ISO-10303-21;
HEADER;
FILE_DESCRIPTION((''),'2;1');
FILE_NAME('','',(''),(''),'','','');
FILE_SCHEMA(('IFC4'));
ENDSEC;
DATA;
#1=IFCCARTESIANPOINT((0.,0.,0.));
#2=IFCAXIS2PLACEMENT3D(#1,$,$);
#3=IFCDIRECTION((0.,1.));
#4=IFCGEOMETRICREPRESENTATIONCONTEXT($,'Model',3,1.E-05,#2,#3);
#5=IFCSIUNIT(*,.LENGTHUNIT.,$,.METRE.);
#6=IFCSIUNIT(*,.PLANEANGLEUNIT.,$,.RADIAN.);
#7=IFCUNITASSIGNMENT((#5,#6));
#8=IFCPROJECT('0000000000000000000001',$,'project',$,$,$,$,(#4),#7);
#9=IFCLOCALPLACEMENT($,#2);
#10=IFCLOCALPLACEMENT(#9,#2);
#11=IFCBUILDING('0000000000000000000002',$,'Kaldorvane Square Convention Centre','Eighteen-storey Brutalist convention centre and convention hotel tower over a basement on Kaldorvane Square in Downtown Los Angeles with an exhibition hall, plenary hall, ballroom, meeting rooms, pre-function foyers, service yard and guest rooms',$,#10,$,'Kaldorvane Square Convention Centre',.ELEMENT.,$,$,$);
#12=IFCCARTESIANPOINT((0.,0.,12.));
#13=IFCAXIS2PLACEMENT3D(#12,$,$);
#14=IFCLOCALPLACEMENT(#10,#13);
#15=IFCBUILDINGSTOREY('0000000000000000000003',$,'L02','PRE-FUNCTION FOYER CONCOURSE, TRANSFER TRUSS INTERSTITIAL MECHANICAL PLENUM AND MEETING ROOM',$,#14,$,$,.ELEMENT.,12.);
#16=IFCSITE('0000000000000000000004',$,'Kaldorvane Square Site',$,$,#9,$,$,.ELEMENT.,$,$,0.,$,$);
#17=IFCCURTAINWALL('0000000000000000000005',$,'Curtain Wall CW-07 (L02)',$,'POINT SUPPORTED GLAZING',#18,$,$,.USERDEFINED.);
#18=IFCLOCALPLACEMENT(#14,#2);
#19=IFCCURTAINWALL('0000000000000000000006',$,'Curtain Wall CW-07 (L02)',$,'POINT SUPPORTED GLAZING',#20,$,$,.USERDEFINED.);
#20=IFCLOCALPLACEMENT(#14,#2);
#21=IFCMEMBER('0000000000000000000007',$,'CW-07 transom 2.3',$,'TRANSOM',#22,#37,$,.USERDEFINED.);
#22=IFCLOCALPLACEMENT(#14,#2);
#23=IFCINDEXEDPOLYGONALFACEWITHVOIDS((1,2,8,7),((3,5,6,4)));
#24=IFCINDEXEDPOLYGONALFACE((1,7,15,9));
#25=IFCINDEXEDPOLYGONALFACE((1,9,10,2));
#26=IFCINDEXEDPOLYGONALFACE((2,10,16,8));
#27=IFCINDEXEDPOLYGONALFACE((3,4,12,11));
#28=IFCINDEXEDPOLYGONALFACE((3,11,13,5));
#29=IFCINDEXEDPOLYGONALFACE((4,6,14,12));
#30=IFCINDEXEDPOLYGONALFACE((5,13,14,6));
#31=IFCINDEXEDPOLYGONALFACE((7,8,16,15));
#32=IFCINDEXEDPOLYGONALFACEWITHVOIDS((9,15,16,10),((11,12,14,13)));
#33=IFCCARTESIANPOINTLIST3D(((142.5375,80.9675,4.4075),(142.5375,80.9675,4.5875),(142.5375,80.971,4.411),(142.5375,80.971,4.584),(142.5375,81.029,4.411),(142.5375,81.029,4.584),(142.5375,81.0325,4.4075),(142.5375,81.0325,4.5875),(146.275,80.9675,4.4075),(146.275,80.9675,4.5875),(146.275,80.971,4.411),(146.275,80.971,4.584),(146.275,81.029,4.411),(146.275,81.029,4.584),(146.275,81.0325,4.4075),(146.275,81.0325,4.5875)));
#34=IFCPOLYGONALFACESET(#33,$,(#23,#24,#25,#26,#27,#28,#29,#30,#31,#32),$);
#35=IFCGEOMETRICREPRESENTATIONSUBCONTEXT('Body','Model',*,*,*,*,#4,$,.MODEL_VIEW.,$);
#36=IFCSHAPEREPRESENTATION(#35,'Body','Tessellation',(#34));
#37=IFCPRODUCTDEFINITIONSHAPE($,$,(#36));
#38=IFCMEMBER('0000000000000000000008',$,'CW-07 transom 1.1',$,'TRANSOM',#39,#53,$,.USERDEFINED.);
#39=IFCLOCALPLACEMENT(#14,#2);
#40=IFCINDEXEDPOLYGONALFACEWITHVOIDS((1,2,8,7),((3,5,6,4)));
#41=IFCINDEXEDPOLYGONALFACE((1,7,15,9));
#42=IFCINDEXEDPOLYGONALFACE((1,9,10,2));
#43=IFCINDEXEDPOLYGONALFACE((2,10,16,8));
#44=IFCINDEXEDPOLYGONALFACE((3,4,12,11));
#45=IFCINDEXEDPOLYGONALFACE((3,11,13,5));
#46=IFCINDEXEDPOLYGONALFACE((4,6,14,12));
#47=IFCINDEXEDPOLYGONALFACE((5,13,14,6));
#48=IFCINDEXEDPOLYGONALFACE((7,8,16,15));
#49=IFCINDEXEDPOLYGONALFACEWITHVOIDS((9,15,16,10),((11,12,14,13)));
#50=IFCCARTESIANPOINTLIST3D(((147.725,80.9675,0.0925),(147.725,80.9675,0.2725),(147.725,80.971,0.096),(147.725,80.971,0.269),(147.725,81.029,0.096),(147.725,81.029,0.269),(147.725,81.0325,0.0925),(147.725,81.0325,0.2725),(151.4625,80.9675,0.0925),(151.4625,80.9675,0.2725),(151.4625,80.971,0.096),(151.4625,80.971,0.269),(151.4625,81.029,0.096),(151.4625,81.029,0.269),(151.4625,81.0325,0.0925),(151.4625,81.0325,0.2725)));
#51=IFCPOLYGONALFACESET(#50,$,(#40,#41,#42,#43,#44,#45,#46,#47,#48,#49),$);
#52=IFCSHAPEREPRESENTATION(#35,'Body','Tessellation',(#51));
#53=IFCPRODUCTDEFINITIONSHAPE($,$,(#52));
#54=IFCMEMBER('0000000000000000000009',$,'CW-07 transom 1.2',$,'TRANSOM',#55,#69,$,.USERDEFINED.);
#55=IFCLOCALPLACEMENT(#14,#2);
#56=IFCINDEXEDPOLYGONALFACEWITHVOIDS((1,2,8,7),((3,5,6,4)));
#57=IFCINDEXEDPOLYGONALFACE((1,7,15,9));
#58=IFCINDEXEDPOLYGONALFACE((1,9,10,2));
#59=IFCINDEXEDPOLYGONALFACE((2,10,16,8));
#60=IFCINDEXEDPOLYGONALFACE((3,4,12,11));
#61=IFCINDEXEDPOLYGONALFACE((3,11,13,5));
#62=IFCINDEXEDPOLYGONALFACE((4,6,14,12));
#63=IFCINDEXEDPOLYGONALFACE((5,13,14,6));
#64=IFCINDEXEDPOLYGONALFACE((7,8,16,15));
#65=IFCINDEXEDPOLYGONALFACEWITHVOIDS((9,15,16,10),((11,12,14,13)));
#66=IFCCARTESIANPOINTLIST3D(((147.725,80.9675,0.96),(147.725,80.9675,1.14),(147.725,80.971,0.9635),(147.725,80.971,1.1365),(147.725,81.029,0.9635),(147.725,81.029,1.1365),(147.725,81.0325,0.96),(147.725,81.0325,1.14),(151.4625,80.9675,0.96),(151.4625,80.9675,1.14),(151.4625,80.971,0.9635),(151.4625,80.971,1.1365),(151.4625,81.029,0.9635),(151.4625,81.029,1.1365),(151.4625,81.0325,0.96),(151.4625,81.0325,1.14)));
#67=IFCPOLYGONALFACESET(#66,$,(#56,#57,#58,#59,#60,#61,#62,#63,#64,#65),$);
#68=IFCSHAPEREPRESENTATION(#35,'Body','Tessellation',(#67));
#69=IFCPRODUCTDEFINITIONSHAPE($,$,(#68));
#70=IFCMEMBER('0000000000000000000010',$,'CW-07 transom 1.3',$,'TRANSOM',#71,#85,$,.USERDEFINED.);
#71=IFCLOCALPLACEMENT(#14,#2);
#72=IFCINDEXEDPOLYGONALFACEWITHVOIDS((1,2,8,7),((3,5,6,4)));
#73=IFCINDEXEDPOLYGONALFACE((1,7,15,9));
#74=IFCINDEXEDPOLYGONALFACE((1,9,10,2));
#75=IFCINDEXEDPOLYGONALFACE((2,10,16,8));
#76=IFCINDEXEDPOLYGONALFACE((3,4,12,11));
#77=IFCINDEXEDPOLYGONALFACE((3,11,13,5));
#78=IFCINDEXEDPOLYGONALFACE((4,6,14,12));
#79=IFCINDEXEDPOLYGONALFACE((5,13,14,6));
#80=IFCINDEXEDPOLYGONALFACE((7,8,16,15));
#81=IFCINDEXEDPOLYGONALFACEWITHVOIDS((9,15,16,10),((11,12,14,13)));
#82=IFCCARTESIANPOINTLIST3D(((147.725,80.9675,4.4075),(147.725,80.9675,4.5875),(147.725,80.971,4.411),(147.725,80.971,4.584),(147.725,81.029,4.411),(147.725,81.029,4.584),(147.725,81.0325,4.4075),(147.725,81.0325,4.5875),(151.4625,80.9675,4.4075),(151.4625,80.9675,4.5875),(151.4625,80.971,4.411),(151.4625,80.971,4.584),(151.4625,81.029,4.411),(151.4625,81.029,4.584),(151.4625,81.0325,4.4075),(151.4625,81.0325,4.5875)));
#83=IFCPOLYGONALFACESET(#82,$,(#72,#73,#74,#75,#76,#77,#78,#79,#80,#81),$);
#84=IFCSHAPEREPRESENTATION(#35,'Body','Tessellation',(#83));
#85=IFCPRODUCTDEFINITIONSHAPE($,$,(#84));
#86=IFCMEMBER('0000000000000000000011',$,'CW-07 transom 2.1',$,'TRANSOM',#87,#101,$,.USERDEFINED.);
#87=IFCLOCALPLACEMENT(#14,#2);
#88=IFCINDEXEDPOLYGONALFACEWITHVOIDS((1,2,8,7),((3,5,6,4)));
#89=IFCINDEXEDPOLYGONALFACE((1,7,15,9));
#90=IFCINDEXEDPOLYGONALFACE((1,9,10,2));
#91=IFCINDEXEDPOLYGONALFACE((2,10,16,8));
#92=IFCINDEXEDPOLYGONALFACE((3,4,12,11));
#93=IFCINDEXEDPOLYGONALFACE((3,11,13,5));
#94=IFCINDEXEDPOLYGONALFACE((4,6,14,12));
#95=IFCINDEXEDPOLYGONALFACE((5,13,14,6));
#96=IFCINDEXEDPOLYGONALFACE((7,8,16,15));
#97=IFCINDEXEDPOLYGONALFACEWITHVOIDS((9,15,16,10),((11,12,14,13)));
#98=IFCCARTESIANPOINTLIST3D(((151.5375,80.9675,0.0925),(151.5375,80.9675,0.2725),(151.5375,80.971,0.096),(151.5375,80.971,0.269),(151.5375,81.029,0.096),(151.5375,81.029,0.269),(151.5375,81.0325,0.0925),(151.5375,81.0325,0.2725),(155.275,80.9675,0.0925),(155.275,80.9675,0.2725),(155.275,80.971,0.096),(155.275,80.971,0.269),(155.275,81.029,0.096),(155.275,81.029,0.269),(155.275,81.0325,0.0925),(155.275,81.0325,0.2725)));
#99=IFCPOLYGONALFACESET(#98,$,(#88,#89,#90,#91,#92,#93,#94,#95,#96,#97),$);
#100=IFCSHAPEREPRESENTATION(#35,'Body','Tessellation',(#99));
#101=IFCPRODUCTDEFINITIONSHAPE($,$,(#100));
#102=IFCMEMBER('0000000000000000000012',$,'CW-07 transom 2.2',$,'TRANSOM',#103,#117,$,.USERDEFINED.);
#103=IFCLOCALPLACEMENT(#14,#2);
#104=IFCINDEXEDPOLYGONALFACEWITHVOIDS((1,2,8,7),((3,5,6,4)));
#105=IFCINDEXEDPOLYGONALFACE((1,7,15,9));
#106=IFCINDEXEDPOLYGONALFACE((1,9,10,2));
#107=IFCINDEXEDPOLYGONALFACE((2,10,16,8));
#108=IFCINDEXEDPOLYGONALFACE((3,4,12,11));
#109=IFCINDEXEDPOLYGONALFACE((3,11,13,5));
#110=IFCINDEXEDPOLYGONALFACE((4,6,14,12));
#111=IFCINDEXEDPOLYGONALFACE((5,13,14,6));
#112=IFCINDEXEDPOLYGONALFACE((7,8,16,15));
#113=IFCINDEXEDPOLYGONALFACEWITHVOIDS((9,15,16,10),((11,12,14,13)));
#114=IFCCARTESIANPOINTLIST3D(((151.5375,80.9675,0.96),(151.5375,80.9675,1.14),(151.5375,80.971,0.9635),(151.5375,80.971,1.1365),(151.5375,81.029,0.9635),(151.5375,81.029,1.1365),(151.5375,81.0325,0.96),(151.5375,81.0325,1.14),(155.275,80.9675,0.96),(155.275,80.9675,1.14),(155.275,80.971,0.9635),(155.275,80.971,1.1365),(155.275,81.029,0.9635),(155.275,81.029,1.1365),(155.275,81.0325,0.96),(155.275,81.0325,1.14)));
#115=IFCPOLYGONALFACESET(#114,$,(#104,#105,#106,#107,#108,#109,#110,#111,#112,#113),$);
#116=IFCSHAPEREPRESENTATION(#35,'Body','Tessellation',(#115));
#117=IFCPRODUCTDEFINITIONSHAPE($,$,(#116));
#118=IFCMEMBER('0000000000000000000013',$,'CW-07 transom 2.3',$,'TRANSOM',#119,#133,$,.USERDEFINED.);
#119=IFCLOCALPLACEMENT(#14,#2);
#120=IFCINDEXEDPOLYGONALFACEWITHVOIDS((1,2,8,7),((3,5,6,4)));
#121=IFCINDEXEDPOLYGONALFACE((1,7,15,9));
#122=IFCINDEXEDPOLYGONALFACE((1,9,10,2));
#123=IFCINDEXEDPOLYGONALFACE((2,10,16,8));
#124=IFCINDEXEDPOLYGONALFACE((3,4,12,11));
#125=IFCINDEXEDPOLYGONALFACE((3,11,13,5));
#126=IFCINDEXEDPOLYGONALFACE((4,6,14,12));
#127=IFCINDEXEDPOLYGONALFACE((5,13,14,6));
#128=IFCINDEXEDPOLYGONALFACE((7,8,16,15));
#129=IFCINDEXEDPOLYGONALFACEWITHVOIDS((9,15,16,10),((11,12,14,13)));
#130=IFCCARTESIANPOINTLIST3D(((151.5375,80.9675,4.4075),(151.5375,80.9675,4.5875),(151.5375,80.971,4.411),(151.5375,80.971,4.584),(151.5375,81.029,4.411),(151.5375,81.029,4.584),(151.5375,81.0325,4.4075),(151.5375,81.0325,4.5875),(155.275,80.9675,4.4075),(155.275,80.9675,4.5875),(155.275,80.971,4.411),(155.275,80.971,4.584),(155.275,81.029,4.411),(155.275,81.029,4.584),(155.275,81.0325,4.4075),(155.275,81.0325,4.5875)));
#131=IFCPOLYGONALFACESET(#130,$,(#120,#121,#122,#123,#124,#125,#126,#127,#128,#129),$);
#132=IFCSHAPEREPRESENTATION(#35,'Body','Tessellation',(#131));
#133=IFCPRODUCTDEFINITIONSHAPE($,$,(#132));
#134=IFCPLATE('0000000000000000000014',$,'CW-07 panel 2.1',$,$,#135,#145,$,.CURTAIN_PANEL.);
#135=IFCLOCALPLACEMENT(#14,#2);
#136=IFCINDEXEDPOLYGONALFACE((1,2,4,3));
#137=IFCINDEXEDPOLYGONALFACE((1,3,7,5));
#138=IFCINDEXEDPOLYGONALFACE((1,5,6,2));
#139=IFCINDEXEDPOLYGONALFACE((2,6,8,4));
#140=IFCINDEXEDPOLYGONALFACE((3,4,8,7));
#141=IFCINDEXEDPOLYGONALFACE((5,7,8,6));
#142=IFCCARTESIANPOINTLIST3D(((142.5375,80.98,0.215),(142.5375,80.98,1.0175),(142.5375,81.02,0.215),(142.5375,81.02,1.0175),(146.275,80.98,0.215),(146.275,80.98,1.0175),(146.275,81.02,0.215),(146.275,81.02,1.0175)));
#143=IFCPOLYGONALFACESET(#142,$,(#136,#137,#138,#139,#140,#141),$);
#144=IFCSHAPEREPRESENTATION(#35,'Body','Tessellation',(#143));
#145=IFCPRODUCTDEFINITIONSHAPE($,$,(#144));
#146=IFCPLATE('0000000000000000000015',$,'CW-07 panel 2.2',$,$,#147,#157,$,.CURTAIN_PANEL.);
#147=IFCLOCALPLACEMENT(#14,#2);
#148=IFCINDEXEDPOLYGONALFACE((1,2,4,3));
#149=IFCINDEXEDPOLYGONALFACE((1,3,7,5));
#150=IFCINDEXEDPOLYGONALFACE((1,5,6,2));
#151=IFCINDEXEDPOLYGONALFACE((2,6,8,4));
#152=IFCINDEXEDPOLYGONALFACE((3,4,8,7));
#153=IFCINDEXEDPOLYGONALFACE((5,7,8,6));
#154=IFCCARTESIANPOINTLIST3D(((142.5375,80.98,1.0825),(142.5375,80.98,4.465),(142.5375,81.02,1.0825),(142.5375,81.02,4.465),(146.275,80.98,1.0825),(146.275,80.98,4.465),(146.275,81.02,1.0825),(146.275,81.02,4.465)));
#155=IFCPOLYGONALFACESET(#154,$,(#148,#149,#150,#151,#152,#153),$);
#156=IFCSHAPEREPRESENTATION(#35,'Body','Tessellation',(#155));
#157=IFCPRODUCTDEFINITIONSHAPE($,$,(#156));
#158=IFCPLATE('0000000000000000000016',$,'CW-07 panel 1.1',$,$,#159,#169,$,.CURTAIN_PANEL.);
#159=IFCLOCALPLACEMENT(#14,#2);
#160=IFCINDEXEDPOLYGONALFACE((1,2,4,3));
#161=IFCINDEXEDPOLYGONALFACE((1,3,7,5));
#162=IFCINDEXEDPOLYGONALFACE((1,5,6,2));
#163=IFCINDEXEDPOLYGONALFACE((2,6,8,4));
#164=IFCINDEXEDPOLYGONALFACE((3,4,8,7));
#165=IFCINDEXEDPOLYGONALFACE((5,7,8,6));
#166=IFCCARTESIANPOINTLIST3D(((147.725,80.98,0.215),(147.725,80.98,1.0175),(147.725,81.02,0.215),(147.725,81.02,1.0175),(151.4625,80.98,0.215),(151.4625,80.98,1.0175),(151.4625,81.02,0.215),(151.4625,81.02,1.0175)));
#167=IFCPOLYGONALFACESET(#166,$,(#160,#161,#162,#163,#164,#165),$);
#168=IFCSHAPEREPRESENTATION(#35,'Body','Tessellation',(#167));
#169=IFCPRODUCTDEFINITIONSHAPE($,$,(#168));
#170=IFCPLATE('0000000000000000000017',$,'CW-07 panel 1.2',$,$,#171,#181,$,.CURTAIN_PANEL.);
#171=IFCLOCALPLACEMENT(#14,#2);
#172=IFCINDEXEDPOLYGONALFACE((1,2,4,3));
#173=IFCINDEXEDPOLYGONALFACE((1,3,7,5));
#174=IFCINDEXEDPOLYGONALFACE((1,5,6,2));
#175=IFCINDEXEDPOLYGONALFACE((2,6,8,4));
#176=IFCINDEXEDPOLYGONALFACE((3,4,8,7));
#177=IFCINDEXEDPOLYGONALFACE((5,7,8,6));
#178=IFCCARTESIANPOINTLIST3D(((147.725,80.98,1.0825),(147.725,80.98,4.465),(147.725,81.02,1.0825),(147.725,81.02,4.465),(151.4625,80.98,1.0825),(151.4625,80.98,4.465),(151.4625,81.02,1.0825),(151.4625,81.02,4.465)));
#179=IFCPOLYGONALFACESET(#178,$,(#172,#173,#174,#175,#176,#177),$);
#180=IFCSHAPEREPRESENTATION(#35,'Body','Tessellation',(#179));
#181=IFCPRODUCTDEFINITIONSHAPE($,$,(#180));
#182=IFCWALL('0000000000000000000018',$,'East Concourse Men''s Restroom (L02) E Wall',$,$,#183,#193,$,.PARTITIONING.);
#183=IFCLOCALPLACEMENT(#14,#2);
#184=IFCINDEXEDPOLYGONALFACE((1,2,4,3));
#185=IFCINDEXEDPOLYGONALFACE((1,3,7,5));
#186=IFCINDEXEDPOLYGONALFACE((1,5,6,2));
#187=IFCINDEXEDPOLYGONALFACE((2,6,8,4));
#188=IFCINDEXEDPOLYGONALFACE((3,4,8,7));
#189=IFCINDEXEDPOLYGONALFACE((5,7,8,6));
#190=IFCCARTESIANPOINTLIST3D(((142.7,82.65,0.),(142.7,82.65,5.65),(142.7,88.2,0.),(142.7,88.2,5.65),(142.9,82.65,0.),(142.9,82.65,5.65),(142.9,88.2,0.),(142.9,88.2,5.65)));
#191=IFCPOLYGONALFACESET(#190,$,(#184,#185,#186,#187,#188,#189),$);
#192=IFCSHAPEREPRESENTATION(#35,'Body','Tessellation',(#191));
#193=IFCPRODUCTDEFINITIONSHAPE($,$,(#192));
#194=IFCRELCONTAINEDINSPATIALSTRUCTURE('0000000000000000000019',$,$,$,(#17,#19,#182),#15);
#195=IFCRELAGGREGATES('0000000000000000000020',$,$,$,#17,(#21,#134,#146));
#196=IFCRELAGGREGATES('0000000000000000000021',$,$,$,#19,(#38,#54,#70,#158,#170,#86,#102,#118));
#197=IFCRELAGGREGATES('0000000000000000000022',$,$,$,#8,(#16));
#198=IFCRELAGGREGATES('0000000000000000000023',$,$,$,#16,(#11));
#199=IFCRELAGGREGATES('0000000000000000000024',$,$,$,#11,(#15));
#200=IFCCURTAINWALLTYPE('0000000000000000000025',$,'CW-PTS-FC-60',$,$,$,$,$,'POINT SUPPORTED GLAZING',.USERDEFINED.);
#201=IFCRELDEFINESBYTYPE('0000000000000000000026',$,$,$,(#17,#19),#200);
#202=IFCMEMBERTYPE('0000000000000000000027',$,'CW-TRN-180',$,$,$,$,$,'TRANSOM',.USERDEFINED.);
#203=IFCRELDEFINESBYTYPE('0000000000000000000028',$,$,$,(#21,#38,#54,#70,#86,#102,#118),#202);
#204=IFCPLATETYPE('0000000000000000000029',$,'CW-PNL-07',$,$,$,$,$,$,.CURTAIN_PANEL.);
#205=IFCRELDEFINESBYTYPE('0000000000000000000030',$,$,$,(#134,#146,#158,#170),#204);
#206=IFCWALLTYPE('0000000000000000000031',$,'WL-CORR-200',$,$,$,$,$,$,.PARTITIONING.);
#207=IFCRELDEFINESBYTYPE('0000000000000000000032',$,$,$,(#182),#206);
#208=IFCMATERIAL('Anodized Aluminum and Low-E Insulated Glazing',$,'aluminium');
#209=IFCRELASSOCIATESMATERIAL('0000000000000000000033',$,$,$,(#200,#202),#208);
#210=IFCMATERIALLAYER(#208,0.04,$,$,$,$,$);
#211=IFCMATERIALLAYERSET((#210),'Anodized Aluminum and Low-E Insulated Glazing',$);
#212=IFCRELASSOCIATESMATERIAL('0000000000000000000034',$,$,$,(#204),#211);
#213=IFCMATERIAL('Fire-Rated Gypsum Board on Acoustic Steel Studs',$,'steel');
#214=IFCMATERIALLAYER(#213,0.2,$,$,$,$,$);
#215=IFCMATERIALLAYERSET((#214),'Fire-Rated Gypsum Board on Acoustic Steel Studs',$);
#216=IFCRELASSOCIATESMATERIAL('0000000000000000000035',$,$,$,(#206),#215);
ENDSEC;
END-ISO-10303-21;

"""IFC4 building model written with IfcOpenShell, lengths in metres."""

from ifc_helpers import new_model, si_unit, direction, frame, frame_2d, origin, origin_2d, place, context, subcontext, project, spatial, rectangle, hollow_rectangle, extrude, material, layer, layer_set, material_profile, profile_set, type_object, element, aggregate, save


model = new_model("IFC4")

# Units and contexts
model_context = context("Model", 3, precision=1e-05, world=origin(), true_north=direction((0.0, 1.0)))
body_context = subcontext(model_context, "Body", "Model", "MODEL_VIEW")
ifc_project = project(units=[si_unit("LENGTHUNIT", "METRE"), si_unit("PLANEANGLEUNIT", "RADIAN")], contexts=[model_context])

# Site, building, storey
site_placement = place(None, origin())
site = spatial("IfcSite", under=ifc_project, at=site_placement, Name="Kaldorvane Square Site", CompositionType="ELEMENT", RefElevation=0.0)
building_placement = place(site_placement, origin())
building = spatial("IfcBuilding", under=site, at=building_placement, Name="Kaldorvane Square Convention Centre", Description="Eighteen-storey Brutalist convention centre and convention hotel tower over a basement on Kaldorvane Square in Downtown Los Angeles with an exhibition hall, plenary hall, ballroom, meeting rooms, pre-function foyers, service yard and guest rooms", LongName="Kaldorvane Square Convention Centre", CompositionType="ELEMENT")
storey_placement = place(building_placement, frame((0.0, 0.0, 12.0)))
storey = spatial("IfcBuildingStorey", under=building, at=storey_placement, Name="L02", Description="PRE-FUNCTION FOYER CONCOURSE, TRANSFER TRUSS INTERSTITIAL MECHANICAL PLENUM AND MEETING ROOM", CompositionType="ELEMENT", Elevation=12.0)

# Curtain wall
ifc_material_1 = material(Name="Anodized Aluminum and Low-E Insulated Glazing", Category="aluminium")
curtain_wall_type = type_object("IfcCurtainWallType", Name="CW-PTS-FC-60", ElementType="POINT SUPPORTED GLAZING", PredefinedType="USERDEFINED", material=ifc_material_1)
curtain_wall_1_placement = place(storey_placement, origin())
curtain_wall_1 = element("IfcCurtainWall", 1, at=curtain_wall_1_placement, inside=storey, type_object=curtain_wall_type, Name="Curtain Wall CW-07 (L02)", ObjectType="POINT SUPPORTED GLAZING", PredefinedType="USERDEFINED")

# Curtain wall
curtain_wall_2_placement = place(storey_placement, origin())
curtain_wall_2 = element("IfcCurtainWall", 2, at=curtain_wall_2_placement, inside=storey, type_object=curtain_wall_type, Name="Curtain Wall CW-07 (L02)", ObjectType="POINT SUPPORTED GLAZING", PredefinedType="USERDEFINED")

# Members
ifc_material_profile_1 = material_profile(ifc_material_1, hollow_rectangle(XDim=0.065, YDim=0.18, WallThickness=0.0035, at=origin_2d()), Name="CWT-180X65")
ifc_profile_set_1 = profile_set([ifc_material_profile_1], Name="Anodized Aluminum and Low-E Insulated Glazing")
member_type_1 = type_object("IfcMemberType", Name="CW-TRN-180", ElementType="TRANSOM", PredefinedType="USERDEFINED", material=ifc_profile_set_1)
member_1_placement = place(storey_placement, frame((142.5375, 81.0, 4.4975), z_axis=(1.0, 0.0, 0.0), x_axis=(0.0, 1.0, 0.0)))
member_1 = element("IfcMember", 3, at=member_1_placement, type_object=member_type_1, Name="CW-07 transom 2.3", ObjectType="TRANSOM", PredefinedType="USERDEFINED", context=body_context, shape_type="SweptSolid", body=[
    extrude(hollow_rectangle(XDim=0.065, YDim=0.18, WallThickness=0.0035, at=origin_2d()), origin(), (0.0, 0.0, 1.0), 3.7375),
])
member_2_placement = place(storey_placement, frame((147.725, 81.0, 0.1825), z_axis=(1.0, 0.0, 0.0), x_axis=(0.0, 1.0, 0.0)))
member_2 = element("IfcMember", 4, at=member_2_placement, type_object=member_type_1, Name="CW-07 transom 1.1", ObjectType="TRANSOM", PredefinedType="USERDEFINED", context=body_context, shape_type="SweptSolid", body=[
    extrude(hollow_rectangle(XDim=0.065, YDim=0.18, WallThickness=0.0035, at=origin_2d()), origin(), (0.0, 0.0, 1.0), 3.7375),
])
member_3_placement = place(storey_placement, frame((147.725, 81.0, 1.05), z_axis=(1.0, 0.0, 0.0), x_axis=(0.0, 1.0, 0.0)))
member_3 = element("IfcMember", 5, at=member_3_placement, type_object=member_type_1, Name="CW-07 transom 1.2", ObjectType="TRANSOM", PredefinedType="USERDEFINED", context=body_context, shape_type="SweptSolid", body=[
    extrude(hollow_rectangle(XDim=0.065, YDim=0.18, WallThickness=0.0035, at=origin_2d()), origin(), (0.0, 0.0, 1.0), 3.7375),
])
member_4_placement = place(storey_placement, frame((147.725, 81.0, 4.4975), z_axis=(1.0, 0.0, 0.0), x_axis=(0.0, 1.0, 0.0)))
member_4 = element("IfcMember", 6, at=member_4_placement, type_object=member_type_1, Name="CW-07 transom 1.3", ObjectType="TRANSOM", PredefinedType="USERDEFINED", context=body_context, shape_type="SweptSolid", body=[
    extrude(hollow_rectangle(XDim=0.065, YDim=0.18, WallThickness=0.0035, at=origin_2d()), origin(), (0.0, 0.0, 1.0), 3.7375),
])
member_5_placement = place(storey_placement, frame((151.5375, 81.0, 0.1825), z_axis=(1.0, 0.0, 0.0), x_axis=(0.0, 1.0, 0.0)))
member_5 = element("IfcMember", 7, at=member_5_placement, type_object=member_type_1, Name="CW-07 transom 2.1", ObjectType="TRANSOM", PredefinedType="USERDEFINED", context=body_context, shape_type="SweptSolid", body=[
    extrude(hollow_rectangle(XDim=0.065, YDim=0.18, WallThickness=0.0035, at=origin_2d()), origin(), (0.0, 0.0, 1.0), 3.7375),
])
member_6_placement = place(storey_placement, frame((151.5375, 81.0, 1.05), z_axis=(1.0, 0.0, 0.0), x_axis=(0.0, 1.0, 0.0)))
member_6 = element("IfcMember", 8, at=member_6_placement, type_object=member_type_1, Name="CW-07 transom 2.2", ObjectType="TRANSOM", PredefinedType="USERDEFINED", context=body_context, shape_type="SweptSolid", body=[
    extrude(hollow_rectangle(XDim=0.065, YDim=0.18, WallThickness=0.0035, at=origin_2d()), origin(), (0.0, 0.0, 1.0), 3.7375),
])
member_7_placement = place(storey_placement, frame((151.5375, 81.0, 4.4975), z_axis=(1.0, 0.0, 0.0), x_axis=(0.0, 1.0, 0.0)))
member_7 = element("IfcMember", 9, at=member_7_placement, type_object=member_type_1, Name="CW-07 transom 2.3", ObjectType="TRANSOM", PredefinedType="USERDEFINED", context=body_context, shape_type="SweptSolid", body=[
    extrude(hollow_rectangle(XDim=0.065, YDim=0.18, WallThickness=0.0035, at=origin_2d()), origin(), (0.0, 0.0, 1.0), 3.7375),
])

# Plates
ifc_layer_1 = layer(ifc_material_1, 0.04)
ifc_layer_set_1 = layer_set([ifc_layer_1], Name="Anodized Aluminum and Low-E Insulated Glazing")
plate_type = type_object("IfcPlateType", Name="CW-PNL-07", PredefinedType="CURTAIN_PANEL", material=ifc_layer_set_1)
plate_1_placement = place(storey_placement, frame((144.4062, 81.0, 0.215), z_axis=(0.0, 0.0, 1.0), x_axis=(1.0, 0.0, 0.0)))
plate_1 = element("IfcPlate", 10, at=plate_1_placement, type_object=plate_type, Name="CW-07 panel 2.1", PredefinedType="CURTAIN_PANEL", context=body_context, shape_type="SweptSolid", body=[
    extrude(rectangle(XDim=3.7375, YDim=0.04, at=origin_2d()), origin(), (0.0, 0.0, 1.0), 0.8025),
])
plate_2_placement = place(storey_placement, frame((144.4062, 81.0, 1.0825), z_axis=(0.0, 0.0, 1.0), x_axis=(1.0, 0.0, 0.0)))
plate_2 = element("IfcPlate", 11, at=plate_2_placement, type_object=plate_type, Name="CW-07 panel 2.2", PredefinedType="CURTAIN_PANEL", context=body_context, shape_type="SweptSolid", body=[
    extrude(rectangle(XDim=3.7375, YDim=0.04, at=origin_2d()), origin(), (0.0, 0.0, 1.0), 3.3825),
])
aggregate(curtain_wall_1, [member_1, plate_1, plate_2])
plate_3_placement = place(storey_placement, frame((149.5938, 81.0, 0.215), z_axis=(0.0, 0.0, 1.0), x_axis=(1.0, 0.0, 0.0)))
plate_3 = element("IfcPlate", 12, at=plate_3_placement, type_object=plate_type, Name="CW-07 panel 1.1", PredefinedType="CURTAIN_PANEL", context=body_context, shape_type="SweptSolid", body=[
    extrude(rectangle(XDim=3.7375, YDim=0.04, at=origin_2d()), origin(), (0.0, 0.0, 1.0), 0.8025),
])
plate_4_placement = place(storey_placement, frame((149.5938, 81.0, 1.0825), z_axis=(0.0, 0.0, 1.0), x_axis=(1.0, 0.0, 0.0)))
plate_4 = element("IfcPlate", 13, at=plate_4_placement, type_object=plate_type, Name="CW-07 panel 1.2", PredefinedType="CURTAIN_PANEL", context=body_context, shape_type="SweptSolid", body=[
    extrude(rectangle(XDim=3.7375, YDim=0.04, at=origin_2d()), origin(), (0.0, 0.0, 1.0), 3.3825),
])
aggregate(curtain_wall_2, [member_2, member_3, member_4, plate_3, plate_4, member_5, member_6, member_7])

# Wall
ifc_material_2 = material(Name="Fire-Rated Gypsum Board on Acoustic Steel Studs", Category="steel")
ifc_layer_2 = layer(ifc_material_2, 0.2)
ifc_layer_set_2 = layer_set([ifc_layer_2], Name="Fire-Rated Gypsum Board on Acoustic Steel Studs")
wall_type_1 = type_object("IfcWallType", Name="WL-CORR-200", PredefinedType="PARTITIONING", material=ifc_layer_set_2)
wall_1_placement = place(storey_placement, frame((142.8, 82.65, 0.0), z_axis=(0.0, 0.0, 1.0), x_axis=(0.0, 1.0, 0.0)))
element("IfcWall", 14, at=wall_1_placement, inside=storey, type_object=wall_type_1, Name="East Concourse Men's Restroom (L02) E Wall", PredefinedType="PARTITIONING", context=body_context, shape_type="SweptSolid", body=[
    extrude(rectangle(XDim=5.55, YDim=0.2, at=frame_2d((2.775, 0.0))), origin(), (0.0, 0.0, 1.0), 5.65),
])

save(model, "model.ifc")
